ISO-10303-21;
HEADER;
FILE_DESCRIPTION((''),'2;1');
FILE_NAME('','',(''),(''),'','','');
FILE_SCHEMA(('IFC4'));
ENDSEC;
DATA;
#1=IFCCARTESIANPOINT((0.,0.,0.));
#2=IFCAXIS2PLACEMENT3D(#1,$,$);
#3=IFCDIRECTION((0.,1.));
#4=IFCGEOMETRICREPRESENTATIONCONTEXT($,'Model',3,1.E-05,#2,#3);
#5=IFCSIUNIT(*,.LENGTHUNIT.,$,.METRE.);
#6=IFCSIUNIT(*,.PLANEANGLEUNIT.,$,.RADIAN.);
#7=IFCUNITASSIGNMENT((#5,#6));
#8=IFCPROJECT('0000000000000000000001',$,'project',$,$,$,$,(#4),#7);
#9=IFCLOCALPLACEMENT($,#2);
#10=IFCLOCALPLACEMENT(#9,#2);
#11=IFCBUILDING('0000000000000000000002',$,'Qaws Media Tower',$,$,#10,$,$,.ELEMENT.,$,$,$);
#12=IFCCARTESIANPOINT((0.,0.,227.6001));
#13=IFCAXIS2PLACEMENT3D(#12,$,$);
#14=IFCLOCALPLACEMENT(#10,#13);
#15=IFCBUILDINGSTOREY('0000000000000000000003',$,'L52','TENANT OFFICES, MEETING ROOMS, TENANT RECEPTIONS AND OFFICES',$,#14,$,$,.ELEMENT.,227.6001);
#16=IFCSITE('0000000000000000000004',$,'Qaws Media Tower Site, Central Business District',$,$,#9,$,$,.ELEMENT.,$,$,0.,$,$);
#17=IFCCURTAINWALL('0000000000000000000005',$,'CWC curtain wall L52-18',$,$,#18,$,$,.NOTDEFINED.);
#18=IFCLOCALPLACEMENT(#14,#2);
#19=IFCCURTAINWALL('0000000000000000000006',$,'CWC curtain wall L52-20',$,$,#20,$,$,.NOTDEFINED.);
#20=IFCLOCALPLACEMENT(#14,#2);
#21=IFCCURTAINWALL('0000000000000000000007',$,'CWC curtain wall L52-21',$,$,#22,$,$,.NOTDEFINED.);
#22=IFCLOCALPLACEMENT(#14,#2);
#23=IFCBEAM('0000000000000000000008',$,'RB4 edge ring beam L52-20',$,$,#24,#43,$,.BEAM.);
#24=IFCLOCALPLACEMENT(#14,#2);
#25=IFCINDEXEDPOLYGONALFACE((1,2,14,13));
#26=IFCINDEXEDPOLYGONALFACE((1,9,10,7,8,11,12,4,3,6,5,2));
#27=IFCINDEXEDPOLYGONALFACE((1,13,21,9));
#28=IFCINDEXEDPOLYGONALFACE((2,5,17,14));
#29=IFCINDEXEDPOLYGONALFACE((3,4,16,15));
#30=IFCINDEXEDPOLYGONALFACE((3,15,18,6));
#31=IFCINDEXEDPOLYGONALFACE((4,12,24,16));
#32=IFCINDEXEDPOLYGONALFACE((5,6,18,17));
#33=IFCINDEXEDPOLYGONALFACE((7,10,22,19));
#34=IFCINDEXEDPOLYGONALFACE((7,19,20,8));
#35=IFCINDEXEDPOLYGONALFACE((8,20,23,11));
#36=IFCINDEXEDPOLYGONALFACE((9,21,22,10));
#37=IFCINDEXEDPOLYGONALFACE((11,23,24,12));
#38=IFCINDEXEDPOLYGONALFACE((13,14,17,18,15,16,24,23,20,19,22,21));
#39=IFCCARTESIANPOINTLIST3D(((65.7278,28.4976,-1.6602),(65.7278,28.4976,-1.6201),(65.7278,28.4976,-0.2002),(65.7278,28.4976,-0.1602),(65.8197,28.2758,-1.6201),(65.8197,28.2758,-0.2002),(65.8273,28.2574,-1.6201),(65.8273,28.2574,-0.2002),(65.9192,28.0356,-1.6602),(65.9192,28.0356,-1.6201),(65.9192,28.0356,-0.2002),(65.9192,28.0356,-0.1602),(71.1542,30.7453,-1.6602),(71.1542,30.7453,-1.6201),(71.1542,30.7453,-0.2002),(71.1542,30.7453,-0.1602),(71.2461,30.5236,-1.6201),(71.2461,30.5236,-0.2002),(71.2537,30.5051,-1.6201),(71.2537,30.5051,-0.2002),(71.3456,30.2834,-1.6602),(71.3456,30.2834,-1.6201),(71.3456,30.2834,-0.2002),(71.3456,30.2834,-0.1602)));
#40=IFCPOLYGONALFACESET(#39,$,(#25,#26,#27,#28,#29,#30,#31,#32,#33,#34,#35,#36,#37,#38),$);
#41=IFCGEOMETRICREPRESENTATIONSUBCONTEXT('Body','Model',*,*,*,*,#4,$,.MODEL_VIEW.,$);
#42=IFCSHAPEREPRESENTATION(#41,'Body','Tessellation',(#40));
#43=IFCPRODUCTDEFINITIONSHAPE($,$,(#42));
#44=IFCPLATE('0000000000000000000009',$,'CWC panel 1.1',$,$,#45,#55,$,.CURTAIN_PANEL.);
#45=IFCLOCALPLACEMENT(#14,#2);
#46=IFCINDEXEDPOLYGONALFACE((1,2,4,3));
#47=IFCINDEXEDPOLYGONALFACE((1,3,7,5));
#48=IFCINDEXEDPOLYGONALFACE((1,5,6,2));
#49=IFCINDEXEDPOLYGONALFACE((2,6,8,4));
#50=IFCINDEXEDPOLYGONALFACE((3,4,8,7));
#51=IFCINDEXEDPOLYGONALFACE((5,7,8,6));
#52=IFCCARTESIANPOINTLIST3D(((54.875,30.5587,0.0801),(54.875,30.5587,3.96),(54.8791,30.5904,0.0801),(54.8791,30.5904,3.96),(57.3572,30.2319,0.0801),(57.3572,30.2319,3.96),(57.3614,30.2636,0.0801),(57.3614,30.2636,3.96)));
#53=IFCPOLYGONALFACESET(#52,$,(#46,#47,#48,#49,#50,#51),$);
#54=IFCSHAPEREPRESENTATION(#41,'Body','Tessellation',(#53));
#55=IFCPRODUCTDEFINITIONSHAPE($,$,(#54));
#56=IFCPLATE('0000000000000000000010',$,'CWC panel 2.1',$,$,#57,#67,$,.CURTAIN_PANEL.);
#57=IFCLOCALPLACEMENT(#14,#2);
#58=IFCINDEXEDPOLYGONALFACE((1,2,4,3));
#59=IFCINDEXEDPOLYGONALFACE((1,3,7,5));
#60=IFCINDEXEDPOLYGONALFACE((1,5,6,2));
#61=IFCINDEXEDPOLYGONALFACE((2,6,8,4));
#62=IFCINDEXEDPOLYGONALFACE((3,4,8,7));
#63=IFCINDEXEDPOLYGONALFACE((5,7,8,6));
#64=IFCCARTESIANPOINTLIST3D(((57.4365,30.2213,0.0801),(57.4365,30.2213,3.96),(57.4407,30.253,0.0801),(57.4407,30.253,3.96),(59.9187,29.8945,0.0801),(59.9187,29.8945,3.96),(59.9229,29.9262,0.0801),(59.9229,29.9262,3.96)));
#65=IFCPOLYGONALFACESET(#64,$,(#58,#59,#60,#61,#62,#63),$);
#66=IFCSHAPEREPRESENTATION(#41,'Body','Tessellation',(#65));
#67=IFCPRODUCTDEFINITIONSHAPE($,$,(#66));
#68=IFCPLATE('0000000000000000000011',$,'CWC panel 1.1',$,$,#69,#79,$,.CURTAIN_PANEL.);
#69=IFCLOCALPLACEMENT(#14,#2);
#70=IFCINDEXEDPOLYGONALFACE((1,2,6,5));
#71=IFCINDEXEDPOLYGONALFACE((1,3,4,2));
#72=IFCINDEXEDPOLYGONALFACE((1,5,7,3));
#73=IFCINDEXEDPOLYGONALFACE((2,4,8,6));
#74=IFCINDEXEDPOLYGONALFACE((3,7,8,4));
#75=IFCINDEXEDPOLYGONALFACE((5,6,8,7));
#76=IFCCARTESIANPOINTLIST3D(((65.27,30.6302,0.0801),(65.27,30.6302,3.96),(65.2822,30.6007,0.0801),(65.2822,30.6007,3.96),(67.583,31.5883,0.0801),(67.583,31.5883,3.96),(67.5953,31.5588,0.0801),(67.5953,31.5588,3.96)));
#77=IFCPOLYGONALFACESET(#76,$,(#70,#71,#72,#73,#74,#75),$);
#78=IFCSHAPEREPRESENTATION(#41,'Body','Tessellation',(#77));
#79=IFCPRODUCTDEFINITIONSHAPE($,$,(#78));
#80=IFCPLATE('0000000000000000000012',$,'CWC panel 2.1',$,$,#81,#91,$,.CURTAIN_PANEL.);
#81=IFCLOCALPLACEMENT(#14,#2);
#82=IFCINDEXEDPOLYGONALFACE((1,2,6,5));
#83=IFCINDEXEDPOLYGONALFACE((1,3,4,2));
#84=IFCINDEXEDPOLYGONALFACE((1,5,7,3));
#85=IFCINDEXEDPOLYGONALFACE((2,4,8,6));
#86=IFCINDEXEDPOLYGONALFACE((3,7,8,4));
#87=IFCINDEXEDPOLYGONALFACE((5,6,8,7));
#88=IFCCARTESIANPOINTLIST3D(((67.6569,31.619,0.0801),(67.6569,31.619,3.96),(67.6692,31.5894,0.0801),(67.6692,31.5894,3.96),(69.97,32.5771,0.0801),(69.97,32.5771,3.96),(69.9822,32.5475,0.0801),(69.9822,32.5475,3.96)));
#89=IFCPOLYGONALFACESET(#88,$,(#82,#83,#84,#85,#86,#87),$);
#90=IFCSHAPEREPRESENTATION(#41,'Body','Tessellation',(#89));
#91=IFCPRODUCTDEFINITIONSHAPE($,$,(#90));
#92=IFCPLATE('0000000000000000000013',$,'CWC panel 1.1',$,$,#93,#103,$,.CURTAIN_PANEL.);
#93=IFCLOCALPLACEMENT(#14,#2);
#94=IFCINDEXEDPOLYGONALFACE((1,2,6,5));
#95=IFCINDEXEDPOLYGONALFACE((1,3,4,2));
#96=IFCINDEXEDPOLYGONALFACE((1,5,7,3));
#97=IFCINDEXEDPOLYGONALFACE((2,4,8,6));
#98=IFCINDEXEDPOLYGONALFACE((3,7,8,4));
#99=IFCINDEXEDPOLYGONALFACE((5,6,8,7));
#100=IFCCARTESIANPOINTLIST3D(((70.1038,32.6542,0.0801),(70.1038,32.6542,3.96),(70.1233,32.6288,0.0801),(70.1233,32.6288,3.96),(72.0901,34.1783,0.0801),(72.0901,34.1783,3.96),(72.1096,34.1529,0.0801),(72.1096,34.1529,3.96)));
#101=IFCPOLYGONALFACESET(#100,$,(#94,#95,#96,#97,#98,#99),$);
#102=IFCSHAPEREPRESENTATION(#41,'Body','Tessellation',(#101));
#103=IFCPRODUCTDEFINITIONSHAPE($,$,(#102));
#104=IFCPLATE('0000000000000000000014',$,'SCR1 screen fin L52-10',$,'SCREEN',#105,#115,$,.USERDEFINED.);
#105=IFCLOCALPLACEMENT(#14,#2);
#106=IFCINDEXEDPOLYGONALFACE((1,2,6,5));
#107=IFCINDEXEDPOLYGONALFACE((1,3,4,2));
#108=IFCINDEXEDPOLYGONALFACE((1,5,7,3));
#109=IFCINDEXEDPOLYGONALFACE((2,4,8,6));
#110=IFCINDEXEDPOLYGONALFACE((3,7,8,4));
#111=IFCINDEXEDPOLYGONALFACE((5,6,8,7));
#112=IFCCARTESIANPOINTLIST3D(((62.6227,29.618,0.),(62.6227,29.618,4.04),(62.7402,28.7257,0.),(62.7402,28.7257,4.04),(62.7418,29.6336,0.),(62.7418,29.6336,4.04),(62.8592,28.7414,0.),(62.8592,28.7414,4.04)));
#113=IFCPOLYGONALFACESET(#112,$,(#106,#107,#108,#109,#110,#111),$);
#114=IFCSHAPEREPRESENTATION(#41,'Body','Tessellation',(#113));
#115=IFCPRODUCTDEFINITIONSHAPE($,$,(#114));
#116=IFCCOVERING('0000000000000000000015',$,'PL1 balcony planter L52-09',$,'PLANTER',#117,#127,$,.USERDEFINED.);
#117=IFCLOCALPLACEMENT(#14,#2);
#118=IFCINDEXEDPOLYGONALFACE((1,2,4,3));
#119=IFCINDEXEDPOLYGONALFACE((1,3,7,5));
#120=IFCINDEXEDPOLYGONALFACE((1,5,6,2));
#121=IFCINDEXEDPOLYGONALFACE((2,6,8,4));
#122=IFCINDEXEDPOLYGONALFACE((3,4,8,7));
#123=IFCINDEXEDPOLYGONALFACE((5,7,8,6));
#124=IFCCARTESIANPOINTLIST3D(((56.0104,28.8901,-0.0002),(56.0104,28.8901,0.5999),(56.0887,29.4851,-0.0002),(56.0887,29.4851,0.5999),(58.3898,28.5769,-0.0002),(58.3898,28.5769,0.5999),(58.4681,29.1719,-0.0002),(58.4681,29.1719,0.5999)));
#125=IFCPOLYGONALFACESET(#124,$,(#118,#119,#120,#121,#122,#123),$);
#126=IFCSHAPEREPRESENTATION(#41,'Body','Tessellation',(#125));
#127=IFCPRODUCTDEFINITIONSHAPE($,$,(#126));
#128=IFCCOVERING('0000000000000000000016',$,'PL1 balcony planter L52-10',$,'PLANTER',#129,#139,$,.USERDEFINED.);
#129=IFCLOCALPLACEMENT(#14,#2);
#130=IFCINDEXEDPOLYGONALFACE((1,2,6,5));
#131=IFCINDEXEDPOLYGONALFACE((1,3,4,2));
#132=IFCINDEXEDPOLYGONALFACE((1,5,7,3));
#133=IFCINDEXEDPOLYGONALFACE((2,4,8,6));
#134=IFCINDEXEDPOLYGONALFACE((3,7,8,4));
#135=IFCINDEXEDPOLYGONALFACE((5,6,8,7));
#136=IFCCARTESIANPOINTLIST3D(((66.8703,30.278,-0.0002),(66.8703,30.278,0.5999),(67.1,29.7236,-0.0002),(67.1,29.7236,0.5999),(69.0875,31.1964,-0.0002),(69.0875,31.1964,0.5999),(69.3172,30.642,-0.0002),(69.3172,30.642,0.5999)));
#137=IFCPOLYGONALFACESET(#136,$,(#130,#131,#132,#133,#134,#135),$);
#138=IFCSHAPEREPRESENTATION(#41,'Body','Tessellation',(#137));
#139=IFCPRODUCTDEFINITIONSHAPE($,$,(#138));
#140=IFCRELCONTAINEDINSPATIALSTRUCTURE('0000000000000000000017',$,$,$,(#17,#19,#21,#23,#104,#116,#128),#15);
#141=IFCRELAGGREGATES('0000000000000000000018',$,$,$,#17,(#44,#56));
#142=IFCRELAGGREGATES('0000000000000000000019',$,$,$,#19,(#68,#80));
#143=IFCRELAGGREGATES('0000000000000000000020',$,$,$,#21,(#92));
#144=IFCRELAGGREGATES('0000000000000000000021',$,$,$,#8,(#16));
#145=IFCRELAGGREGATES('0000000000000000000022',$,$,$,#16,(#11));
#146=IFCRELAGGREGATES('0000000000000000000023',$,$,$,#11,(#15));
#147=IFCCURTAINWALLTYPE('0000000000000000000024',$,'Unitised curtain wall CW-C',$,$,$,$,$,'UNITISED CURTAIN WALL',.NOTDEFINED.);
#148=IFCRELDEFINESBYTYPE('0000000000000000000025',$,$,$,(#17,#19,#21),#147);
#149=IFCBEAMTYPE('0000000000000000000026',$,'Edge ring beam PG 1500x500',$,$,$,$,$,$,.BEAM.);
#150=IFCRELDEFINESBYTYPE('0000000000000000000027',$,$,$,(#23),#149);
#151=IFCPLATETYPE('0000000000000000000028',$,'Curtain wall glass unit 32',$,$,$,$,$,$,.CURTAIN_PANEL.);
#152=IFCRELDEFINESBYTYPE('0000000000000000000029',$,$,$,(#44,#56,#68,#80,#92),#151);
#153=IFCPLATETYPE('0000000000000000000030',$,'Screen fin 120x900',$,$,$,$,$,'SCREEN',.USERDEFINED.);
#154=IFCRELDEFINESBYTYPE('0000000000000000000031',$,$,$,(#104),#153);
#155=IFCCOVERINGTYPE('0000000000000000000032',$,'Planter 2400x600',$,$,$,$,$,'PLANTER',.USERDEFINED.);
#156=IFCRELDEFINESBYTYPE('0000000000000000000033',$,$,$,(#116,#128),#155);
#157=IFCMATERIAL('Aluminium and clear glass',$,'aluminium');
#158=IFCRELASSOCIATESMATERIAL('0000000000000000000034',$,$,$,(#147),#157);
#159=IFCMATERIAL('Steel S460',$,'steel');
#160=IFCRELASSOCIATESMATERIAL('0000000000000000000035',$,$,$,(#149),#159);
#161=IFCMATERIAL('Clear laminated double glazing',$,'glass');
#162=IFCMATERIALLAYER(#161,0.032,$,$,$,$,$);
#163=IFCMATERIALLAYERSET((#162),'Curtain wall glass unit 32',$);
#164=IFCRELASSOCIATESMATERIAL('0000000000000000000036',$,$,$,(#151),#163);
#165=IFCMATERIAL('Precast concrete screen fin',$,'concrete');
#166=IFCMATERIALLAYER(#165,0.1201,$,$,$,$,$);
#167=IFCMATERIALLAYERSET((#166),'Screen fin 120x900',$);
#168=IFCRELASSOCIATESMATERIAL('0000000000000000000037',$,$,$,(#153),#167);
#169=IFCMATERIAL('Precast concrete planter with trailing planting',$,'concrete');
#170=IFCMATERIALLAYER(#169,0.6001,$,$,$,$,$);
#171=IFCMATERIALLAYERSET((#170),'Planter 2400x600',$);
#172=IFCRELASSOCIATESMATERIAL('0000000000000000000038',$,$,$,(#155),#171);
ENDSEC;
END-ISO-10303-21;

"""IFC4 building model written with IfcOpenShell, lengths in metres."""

from ifc_helpers import new_model, si_unit, direction, frame, origin, origin_2d, place, context, subcontext, project, spatial, rectangle, i_section, extrude, material, layer, layer_set, material_profile, profile_set, type_object, element, aggregate, save


model = new_model("IFC4")

# Units and contexts
model_context = context("Model", 3, precision=1e-05, world=origin(), true_north=direction((0.0, 1.0)))
body_context = subcontext(model_context, "Body", "Model", "MODEL_VIEW")
ifc_project = project(units=[si_unit("LENGTHUNIT", "METRE"), si_unit("PLANEANGLEUNIT", "RADIAN")], contexts=[model_context])

# Site, building, storey
site_placement = place(None, origin())
site = spatial("IfcSite", under=ifc_project, at=site_placement, Name="Qaws Media Tower Site, Central Business District", CompositionType="ELEMENT", RefElevation=0.0)
building_placement = place(site_placement, origin())
building = spatial("IfcBuilding", under=site, at=building_placement, Name="Qaws Media Tower", CompositionType="ELEMENT")
storey_placement = place(building_placement, frame((0.0, 0.0, 227.6001)))
storey = spatial("IfcBuildingStorey", under=building, at=storey_placement, Name="L52", Description="TENANT OFFICES, MEETING ROOMS, TENANT RECEPTIONS AND OFFICES", CompositionType="ELEMENT", Elevation=227.6001)

# Curtain walls
ifc_material_1 = material(Name="Aluminium and clear glass", Category="aluminium")
curtain_wall_type = type_object("IfcCurtainWallType", Name="Unitised curtain wall CW-C", ElementType="UNITISED CURTAIN WALL", PredefinedType="NOTDEFINED", material=ifc_material_1)
curtain_wall_1_placement = place(storey_placement, origin())
curtain_wall_1 = element("IfcCurtainWall", 1, at=curtain_wall_1_placement, inside=storey, type_object=curtain_wall_type, Name="CWC curtain wall L52-18", PredefinedType="NOTDEFINED")
curtain_wall_2_placement = place(storey_placement, origin())
curtain_wall_2 = element("IfcCurtainWall", 2, at=curtain_wall_2_placement, inside=storey, type_object=curtain_wall_type, Name="CWC curtain wall L52-20", PredefinedType="NOTDEFINED")

# Curtain wall
curtain_wall_3_placement = place(storey_placement, origin())
curtain_wall_3 = element("IfcCurtainWall", 3, at=curtain_wall_3_placement, inside=storey, type_object=curtain_wall_type, Name="CWC curtain wall L52-21", PredefinedType="NOTDEFINED")

# Beam
ifc_material_2 = material(Name="Steel S460", Category="steel")
ifc_material_profile_1 = material_profile(ifc_material_2, i_section(OverallWidth=0.5, OverallDepth=1.5, WebThickness=0.02, FlangeThickness=0.04, at=origin_2d()), Name="PG 1500x500")
ifc_profile_set_1 = profile_set([ifc_material_profile_1], Name="Steel S460")
beam_type = type_object("IfcBeamType", Name="Edge ring beam PG 1500x500", PredefinedType="BEAM", material=ifc_profile_set_1)
beam_1_placement = place(storey_placement, frame((65.8235, 28.2666, -0.9102), z_axis=(0.923875, 0.382693, 0.0), x_axis=(-0.382693, 0.923875, 0.0)))
element("IfcBeam", 4, at=beam_1_placement, inside=storey, type_object=beam_type, Name="RB4 edge ring beam L52-20", PredefinedType="BEAM", context=body_context, shape_type="SweptSolid", body=[
    extrude(i_section(OverallWidth=0.5, OverallDepth=1.5, WebThickness=0.02, FlangeThickness=0.04, at=origin_2d()), origin(), (0.0, 0.0, 1.0), 5.8735),
])

# Plates
ifc_material_3 = material(Name="Clear laminated double glazing", Category="glass")
ifc_layer_1 = layer(ifc_material_3, 0.032)
ifc_layer_set_1 = layer_set([ifc_layer_1], Name="Curtain wall glass unit 32")
plate_type_1 = type_object("IfcPlateType", Name="Curtain wall glass unit 32", PredefinedType="CURTAIN_PANEL", material=ifc_layer_set_1)
plate_1_placement = place(storey_placement, frame((56.1182, 30.4111, 0.0801), z_axis=(0.0, 0.0, 1.0), x_axis=(0.991445, -0.130526, 0.0)))
plate_1 = element("IfcPlate", 5, at=plate_1_placement, type_object=plate_type_1, Name="CWC panel 1.1", PredefinedType="CURTAIN_PANEL", context=body_context, shape_type="SweptSolid", body=[
    extrude(rectangle(XDim=2.5037, YDim=0.032, at=origin_2d()), origin(), (0.0, 0.0, 1.0), 3.8799),
])
plate_2_placement = place(storey_placement, frame((58.6797, 30.0737, 0.0801), z_axis=(0.0, 0.0, 1.0), x_axis=(0.991445, -0.130526, 0.0)))
plate_2 = element("IfcPlate", 6, at=plate_2_placement, type_object=plate_type_1, Name="CWC panel 2.1", PredefinedType="CURTAIN_PANEL", context=body_context, shape_type="SweptSolid", body=[
    extrude(rectangle(XDim=2.5037, YDim=0.032, at=origin_2d()), origin(), (0.0, 0.0, 1.0), 3.8799),
])
aggregate(curtain_wall_1, [plate_1, plate_2])
plate_3_placement = place(storey_placement, frame((66.4326, 31.0945, 0.0801), z_axis=(0.0, 0.0, 1.0), x_axis=(0.92388, 0.382683, 0.0)))
plate_3 = element("IfcPlate", 7, at=plate_3_placement, type_object=plate_type_1, Name="CWC panel 1.1", PredefinedType="CURTAIN_PANEL", context=body_context, shape_type="SweptSolid", body=[
    extrude(rectangle(XDim=2.5037, YDim=0.032, at=origin_2d()), origin(), (0.0, 0.0, 1.0), 3.8799),
])
plate_4_placement = place(storey_placement, frame((68.8196, 32.0833, 0.0801), z_axis=(0.0, 0.0, 1.0), x_axis=(0.92388, 0.382683, 0.0)))
plate_4 = element("IfcPlate", 8, at=plate_4_placement, type_object=plate_type_1, Name="CWC panel 2.1", PredefinedType="CURTAIN_PANEL", context=body_context, shape_type="SweptSolid", body=[
    extrude(rectangle(XDim=2.5037, YDim=0.032, at=origin_2d()), origin(), (0.0, 0.0, 1.0), 3.8799),
])
aggregate(curtain_wall_2, [plate_3, plate_4])
plate_5_placement = place(storey_placement, frame((71.1067, 33.4036, 0.0801), z_axis=(0.0, 0.0, 1.0), x_axis=(0.793353, 0.608762, 0.0)))
plate_5 = element("IfcPlate", 9, at=plate_5_placement, type_object=plate_type_1, Name="CWC panel 1.1", PredefinedType="CURTAIN_PANEL", context=body_context, shape_type="SweptSolid", body=[
    extrude(rectangle(XDim=2.5037, YDim=0.032, at=origin_2d()), origin(), (0.0, 0.0, 1.0), 3.8799),
])
aggregate(curtain_wall_3, [plate_5])
ifc_material_4 = material(Name="Precast concrete screen fin", Category="concrete")
ifc_layer_2 = layer(ifc_material_4, 0.1201)
ifc_layer_set_2 = layer_set([ifc_layer_2], Name="Screen fin 120x900")
plate_type_2 = type_object("IfcPlateType", Name="Screen fin 120x900", ElementType="SCREEN", PredefinedType="USERDEFINED", material=ifc_layer_set_2)
plate_6_placement = place(storey_placement, frame((62.741, 29.1797, 0.0), z_axis=(0.0, 0.0, 1.0), x_axis=(0.130526, -0.991445, 0.0)))
element("IfcPlate", 10, at=plate_6_placement, inside=storey, type_object=plate_type_2, Name="SCR1 screen fin L52-10", ObjectType="SCREEN", PredefinedType="USERDEFINED", context=body_context, shape_type="SweptSolid", body=[
    extrude(rectangle(XDim=0.8999, YDim=0.1201, at=origin_2d()), origin(), (0.0, 0.0, 1.0), 4.04),
])

# Coverings
ifc_material_5 = material(Name="Precast concrete planter with trailing planting", Category="concrete")
ifc_layer_3 = layer(ifc_material_5, 0.6001)
ifc_layer_set_3 = layer_set([ifc_layer_3], Name="Planter 2400x600")
covering_type = type_object("IfcCoveringType", Name="Planter 2400x600", ElementType="PLANTER", PredefinedType="USERDEFINED", material=ifc_layer_set_3)
for number, where, z_axis, x_axis, name in (
    (11, (57.2393, 29.031, -0.0002), (0.0, 0.0, 1.0), (0.991445, -0.130526, 0.0), "PL1 balcony planter L52-09"),
    (12, (68.0938, 30.46, -0.0002), (0.0, 0.0, 1.0), (0.92388, 0.382683, 0.0), "PL1 balcony planter L52-10"),
):
    element("IfcCovering", number, at=place(storey_placement, frame(where, z_axis=z_axis, x_axis=x_axis)), inside=storey, type_object=covering_type, Name=name, ObjectType="PLANTER", PredefinedType="USERDEFINED", context=body_context, shape_type="SweptSolid", body=[
        extrude(rectangle(XDim=2.3999, YDim=0.6001, at=origin_2d()), origin(), (0.0, 0.0, 1.0), 0.6001),
    ])

save(model, "model.ifc")
